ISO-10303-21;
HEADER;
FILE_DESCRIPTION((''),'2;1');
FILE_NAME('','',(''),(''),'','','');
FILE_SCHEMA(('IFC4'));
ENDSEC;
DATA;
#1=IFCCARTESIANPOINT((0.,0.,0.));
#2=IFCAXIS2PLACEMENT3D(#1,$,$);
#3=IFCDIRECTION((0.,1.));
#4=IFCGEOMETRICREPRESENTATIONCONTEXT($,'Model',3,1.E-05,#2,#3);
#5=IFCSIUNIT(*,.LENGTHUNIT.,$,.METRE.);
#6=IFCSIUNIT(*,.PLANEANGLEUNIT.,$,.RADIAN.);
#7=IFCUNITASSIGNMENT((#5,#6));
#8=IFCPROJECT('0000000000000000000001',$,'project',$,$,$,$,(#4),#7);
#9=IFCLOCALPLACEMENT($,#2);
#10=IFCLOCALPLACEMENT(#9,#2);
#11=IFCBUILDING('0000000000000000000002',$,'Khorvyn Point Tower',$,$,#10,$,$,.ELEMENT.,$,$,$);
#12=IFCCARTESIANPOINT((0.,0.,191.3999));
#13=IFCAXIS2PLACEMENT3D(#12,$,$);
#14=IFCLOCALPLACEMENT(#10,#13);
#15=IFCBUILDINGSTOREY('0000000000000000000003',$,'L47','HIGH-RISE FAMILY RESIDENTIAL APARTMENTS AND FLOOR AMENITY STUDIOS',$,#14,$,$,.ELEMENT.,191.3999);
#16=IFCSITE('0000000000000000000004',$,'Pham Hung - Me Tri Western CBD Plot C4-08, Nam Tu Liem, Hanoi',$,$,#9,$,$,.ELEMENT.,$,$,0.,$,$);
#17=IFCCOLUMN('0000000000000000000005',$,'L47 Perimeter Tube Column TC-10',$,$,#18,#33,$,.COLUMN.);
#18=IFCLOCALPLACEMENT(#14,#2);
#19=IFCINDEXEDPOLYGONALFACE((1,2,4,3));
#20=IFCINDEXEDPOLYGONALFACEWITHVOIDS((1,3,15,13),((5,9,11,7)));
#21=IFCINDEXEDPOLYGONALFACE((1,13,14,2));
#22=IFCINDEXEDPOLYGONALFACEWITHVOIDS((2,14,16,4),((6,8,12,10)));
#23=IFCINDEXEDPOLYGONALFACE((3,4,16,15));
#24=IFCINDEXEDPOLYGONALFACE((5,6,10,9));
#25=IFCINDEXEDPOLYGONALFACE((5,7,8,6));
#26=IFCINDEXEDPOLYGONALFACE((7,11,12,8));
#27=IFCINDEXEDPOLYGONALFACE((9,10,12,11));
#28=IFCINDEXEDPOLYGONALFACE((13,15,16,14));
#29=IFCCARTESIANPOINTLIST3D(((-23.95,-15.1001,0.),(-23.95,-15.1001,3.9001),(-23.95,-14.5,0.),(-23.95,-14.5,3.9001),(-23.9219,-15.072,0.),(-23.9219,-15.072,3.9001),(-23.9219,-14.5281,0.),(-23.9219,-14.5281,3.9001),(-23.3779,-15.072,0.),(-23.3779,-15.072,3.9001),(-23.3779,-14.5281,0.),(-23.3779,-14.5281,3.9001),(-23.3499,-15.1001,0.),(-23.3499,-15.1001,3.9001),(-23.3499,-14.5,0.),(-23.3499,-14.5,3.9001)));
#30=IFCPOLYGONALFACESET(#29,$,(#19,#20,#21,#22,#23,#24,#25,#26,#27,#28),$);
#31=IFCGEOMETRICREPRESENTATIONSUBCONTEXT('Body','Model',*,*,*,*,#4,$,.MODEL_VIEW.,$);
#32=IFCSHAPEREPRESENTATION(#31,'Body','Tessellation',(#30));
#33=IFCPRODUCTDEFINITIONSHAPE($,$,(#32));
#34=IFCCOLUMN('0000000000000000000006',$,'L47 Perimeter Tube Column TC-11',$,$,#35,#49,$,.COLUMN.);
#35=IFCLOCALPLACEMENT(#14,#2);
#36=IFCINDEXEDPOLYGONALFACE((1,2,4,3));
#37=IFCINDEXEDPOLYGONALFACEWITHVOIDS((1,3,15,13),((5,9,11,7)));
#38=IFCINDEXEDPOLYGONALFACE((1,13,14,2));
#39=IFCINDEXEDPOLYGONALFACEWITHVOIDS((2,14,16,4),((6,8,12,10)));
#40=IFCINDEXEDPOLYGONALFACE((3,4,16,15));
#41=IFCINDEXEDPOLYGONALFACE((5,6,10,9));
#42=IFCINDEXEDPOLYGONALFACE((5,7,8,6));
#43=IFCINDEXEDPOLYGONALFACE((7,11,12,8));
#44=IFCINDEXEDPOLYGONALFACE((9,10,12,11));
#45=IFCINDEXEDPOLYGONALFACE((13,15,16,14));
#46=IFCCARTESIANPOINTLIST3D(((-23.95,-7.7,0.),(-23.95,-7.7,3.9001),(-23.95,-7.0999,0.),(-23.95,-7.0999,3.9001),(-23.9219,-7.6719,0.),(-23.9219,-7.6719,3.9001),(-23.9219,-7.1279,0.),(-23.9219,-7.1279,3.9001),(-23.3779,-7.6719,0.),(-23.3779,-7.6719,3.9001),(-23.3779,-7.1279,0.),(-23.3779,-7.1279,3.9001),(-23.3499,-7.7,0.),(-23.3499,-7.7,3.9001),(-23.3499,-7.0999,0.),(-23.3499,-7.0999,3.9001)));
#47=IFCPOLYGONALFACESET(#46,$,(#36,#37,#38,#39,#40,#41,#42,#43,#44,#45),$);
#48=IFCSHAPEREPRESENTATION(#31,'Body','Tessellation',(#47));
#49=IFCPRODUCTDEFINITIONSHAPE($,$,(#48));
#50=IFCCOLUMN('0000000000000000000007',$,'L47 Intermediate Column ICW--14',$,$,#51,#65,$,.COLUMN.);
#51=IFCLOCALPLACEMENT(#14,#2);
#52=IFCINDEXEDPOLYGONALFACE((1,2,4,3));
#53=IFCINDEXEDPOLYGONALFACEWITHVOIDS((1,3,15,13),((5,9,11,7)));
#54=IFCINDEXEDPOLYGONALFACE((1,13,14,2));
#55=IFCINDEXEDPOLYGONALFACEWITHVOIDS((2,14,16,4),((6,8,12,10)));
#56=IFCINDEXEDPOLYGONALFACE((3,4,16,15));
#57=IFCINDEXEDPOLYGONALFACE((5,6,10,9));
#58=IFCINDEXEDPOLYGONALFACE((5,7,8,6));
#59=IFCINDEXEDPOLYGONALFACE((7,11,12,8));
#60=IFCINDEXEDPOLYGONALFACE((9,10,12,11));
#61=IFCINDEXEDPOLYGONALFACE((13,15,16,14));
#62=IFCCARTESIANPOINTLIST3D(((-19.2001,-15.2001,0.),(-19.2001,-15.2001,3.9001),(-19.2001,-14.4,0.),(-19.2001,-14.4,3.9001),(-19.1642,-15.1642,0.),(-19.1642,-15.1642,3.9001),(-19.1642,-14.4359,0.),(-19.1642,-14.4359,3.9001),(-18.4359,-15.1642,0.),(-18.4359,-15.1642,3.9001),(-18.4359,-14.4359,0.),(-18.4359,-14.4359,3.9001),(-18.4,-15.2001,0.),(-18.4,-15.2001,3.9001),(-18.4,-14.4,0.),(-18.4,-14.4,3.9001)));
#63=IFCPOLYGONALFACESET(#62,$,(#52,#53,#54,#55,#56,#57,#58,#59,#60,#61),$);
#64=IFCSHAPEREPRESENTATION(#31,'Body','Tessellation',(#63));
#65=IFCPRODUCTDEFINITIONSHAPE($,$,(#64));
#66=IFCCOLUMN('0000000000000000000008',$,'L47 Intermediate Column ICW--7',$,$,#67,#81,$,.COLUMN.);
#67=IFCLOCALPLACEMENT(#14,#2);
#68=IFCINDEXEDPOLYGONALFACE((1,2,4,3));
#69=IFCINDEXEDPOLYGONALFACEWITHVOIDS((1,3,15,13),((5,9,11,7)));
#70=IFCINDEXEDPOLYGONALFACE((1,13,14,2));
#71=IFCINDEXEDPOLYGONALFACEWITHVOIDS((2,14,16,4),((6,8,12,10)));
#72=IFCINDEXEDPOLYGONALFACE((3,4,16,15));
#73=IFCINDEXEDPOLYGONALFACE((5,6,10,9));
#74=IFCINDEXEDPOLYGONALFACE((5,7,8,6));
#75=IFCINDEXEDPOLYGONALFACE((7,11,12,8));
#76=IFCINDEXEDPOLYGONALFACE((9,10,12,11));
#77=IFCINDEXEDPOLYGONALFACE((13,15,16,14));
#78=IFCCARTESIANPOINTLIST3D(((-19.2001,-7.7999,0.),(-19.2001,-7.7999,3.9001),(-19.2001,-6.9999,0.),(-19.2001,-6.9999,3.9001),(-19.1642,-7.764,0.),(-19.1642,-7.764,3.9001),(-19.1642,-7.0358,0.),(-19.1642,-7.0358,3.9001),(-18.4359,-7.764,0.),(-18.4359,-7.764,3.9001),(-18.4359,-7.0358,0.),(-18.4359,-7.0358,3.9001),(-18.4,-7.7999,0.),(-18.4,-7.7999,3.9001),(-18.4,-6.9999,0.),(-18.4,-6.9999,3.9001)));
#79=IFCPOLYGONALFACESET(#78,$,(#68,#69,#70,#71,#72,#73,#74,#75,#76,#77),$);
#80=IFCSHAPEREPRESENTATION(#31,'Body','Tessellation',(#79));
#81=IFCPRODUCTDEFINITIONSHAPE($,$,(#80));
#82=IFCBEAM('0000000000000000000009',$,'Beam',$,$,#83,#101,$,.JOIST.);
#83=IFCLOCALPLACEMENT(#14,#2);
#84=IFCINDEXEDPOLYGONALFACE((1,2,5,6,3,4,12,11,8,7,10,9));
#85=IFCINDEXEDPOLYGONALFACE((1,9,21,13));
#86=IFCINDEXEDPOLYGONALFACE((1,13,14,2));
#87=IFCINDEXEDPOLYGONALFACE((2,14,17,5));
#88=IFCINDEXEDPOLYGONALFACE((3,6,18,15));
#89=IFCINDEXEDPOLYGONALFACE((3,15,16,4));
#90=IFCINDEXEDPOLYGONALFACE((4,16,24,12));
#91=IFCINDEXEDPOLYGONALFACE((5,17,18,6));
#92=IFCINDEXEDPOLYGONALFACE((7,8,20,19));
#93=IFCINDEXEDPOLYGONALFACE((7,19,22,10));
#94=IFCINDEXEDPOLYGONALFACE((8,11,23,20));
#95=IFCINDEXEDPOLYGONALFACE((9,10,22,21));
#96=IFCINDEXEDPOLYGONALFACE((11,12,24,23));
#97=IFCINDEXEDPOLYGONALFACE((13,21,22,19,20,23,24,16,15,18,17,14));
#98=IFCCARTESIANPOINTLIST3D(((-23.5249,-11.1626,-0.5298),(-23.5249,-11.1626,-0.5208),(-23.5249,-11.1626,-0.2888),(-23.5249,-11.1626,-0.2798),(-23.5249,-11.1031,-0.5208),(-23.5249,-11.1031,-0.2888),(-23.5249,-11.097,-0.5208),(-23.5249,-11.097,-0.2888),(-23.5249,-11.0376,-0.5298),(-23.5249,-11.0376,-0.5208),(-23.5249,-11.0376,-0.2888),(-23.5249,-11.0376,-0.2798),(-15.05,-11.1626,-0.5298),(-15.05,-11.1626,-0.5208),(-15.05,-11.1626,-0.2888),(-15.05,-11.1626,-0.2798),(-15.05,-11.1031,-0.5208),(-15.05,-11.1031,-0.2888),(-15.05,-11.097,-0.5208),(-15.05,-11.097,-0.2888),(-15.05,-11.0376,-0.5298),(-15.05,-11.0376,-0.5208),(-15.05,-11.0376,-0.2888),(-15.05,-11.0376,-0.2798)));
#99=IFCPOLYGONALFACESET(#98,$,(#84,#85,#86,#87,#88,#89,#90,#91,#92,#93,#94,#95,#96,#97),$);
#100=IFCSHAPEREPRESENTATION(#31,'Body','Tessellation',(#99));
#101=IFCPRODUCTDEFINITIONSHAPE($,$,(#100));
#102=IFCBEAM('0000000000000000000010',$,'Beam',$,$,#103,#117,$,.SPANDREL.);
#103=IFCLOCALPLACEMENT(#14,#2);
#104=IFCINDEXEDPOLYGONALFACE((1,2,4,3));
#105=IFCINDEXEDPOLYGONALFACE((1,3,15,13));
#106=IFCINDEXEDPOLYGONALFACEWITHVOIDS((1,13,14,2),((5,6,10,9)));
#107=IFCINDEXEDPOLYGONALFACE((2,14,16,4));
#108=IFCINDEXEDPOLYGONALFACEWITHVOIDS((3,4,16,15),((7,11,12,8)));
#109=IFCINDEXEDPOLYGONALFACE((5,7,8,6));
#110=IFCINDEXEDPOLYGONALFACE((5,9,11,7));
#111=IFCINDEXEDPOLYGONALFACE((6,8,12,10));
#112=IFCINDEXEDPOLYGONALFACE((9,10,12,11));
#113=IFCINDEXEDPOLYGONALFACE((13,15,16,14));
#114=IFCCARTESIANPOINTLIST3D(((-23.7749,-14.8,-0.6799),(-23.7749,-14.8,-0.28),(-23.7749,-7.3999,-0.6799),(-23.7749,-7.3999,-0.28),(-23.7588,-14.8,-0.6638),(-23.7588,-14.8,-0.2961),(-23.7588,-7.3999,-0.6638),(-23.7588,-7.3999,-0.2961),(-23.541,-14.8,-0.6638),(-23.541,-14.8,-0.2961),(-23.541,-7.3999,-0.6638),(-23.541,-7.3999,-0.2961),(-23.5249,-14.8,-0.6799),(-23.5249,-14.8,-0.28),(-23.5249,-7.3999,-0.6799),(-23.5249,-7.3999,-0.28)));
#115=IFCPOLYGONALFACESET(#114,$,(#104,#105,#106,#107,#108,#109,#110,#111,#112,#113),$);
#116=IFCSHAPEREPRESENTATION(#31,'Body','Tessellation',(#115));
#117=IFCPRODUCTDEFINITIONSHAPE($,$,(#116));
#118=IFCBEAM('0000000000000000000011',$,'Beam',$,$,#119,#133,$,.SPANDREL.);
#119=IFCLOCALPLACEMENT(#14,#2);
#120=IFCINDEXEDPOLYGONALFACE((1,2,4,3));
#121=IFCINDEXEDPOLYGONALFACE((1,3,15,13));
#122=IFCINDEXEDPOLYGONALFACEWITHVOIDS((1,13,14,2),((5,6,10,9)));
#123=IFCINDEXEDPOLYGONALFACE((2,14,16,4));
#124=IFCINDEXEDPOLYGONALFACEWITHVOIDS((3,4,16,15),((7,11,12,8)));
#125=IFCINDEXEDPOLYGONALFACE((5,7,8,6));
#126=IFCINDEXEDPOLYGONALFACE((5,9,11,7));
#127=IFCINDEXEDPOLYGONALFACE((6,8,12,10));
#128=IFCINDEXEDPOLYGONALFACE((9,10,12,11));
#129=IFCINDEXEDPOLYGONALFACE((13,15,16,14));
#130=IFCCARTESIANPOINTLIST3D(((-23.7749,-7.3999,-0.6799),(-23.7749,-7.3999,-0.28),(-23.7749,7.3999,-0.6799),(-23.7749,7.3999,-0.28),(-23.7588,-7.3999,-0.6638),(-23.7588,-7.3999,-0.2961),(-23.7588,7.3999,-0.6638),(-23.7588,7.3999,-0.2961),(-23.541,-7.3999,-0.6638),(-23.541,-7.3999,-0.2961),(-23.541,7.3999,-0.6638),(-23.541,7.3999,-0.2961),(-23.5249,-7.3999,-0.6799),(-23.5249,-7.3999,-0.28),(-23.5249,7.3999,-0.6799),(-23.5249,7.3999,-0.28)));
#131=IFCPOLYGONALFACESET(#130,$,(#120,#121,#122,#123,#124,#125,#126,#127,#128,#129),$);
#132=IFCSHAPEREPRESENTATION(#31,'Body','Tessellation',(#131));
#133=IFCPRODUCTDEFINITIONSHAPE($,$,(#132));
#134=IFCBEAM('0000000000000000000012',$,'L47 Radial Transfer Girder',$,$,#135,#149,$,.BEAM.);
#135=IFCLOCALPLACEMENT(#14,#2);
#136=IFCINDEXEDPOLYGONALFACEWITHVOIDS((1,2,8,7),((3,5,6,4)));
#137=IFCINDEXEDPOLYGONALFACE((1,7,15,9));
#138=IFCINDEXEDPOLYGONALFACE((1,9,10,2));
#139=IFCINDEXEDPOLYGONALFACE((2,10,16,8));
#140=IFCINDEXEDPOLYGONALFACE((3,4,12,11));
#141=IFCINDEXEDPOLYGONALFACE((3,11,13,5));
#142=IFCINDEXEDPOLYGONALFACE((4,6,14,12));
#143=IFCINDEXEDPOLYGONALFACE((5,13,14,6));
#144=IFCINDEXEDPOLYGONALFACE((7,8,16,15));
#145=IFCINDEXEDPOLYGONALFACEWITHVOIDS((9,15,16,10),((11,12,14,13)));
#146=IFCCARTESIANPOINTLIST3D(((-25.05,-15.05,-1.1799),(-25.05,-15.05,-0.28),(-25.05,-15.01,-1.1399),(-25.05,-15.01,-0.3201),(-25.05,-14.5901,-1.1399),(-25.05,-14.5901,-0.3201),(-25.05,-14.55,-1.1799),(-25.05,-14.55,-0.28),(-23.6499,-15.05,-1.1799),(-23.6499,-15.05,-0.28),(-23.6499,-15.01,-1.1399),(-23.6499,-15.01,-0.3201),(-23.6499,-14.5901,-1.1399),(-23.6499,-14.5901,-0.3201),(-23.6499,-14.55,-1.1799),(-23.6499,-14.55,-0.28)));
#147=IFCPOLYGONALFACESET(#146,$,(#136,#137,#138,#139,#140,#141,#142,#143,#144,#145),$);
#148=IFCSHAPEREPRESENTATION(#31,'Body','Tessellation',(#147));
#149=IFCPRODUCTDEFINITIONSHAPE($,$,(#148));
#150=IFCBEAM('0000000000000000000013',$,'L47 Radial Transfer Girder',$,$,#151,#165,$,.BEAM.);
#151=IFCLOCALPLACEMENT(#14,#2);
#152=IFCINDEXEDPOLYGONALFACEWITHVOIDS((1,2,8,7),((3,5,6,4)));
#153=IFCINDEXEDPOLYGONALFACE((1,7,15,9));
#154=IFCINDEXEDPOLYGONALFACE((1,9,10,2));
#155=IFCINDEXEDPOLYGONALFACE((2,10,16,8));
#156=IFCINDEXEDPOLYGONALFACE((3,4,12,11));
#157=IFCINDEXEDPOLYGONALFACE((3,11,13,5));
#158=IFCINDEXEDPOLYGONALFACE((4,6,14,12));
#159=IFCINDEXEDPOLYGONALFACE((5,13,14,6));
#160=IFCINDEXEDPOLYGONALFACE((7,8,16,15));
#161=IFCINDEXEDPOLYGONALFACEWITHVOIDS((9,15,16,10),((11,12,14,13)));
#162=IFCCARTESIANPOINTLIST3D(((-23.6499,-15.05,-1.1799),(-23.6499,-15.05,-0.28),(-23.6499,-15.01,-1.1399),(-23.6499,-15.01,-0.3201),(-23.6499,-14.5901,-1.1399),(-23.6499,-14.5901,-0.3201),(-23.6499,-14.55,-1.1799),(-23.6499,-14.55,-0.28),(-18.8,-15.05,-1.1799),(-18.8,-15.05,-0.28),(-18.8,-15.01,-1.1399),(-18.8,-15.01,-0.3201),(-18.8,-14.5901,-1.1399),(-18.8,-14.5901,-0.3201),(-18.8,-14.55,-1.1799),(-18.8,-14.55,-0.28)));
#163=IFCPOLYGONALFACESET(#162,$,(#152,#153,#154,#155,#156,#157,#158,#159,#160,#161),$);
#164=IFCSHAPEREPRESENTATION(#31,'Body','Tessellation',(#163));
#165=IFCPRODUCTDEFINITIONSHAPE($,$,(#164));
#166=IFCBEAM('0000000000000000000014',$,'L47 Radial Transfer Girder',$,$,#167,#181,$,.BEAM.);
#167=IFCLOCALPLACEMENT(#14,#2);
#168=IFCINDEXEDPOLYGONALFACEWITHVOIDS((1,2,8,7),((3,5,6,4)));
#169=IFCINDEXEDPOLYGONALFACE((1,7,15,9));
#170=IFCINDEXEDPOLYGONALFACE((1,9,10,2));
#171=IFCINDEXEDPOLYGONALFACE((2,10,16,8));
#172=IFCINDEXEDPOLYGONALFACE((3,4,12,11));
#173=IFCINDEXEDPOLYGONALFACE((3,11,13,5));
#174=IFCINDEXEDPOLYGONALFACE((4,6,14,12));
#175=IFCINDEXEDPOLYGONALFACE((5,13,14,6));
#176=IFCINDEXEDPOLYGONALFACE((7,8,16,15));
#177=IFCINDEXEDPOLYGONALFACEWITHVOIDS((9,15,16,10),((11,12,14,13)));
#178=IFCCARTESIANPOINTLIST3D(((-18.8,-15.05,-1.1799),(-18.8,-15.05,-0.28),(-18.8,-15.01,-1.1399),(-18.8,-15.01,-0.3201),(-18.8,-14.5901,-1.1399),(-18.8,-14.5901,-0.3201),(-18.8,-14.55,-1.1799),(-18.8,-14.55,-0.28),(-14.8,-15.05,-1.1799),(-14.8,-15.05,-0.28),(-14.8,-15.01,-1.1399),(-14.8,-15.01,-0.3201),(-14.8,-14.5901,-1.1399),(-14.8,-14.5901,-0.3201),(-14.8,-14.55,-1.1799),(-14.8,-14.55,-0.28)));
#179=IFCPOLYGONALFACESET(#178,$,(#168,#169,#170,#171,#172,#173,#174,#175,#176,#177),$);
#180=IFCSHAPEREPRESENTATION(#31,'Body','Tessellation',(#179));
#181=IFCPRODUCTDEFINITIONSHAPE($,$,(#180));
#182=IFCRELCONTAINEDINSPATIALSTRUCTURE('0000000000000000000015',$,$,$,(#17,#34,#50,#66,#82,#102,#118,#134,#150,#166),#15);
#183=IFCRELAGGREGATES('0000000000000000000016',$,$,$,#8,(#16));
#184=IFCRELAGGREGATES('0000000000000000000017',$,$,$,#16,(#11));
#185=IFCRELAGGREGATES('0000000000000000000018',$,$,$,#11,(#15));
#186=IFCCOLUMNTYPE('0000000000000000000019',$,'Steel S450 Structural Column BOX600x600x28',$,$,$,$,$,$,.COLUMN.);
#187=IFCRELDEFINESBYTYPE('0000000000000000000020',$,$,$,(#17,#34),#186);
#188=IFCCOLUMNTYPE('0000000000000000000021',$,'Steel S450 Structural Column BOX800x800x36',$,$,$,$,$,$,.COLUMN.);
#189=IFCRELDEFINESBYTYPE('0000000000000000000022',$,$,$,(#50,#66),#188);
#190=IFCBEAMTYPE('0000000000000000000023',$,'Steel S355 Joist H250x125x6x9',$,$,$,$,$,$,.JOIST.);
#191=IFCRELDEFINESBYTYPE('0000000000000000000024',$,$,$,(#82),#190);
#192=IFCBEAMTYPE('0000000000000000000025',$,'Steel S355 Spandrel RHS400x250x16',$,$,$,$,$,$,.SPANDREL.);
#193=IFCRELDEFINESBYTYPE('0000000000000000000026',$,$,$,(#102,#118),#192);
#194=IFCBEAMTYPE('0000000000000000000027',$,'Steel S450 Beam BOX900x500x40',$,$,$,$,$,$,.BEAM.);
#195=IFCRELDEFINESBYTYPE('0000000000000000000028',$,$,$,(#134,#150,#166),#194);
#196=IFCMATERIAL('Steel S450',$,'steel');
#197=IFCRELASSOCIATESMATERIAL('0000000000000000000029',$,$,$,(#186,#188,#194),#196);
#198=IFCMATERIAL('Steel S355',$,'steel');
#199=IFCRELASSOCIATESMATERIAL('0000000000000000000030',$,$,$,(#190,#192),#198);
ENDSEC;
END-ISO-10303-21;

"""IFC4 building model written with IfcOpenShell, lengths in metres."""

from ifc_helpers import new_model, si_unit, direction, frame, origin, origin_2d, place, context, subcontext, project, spatial, hollow_rectangle, i_section, extrude, material, material_profile, profile_set, type_object, element, save


model = new_model("IFC4")

# Units and contexts
model_context = context("Model", 3, precision=1e-05, world=origin(), true_north=direction((0.0, 1.0)))
body_context = subcontext(model_context, "Body", "Model", "MODEL_VIEW")
ifc_project = project(units=[si_unit("LENGTHUNIT", "METRE"), si_unit("PLANEANGLEUNIT", "RADIAN")], contexts=[model_context])

# Site, building, storey
site_placement = place(None, origin())
site = spatial("IfcSite", under=ifc_project, at=site_placement, Name="Pham Hung - Me Tri Western CBD Plot C4-08, Nam Tu Liem, Hanoi", CompositionType="ELEMENT", RefElevation=0.0)
building_placement = place(site_placement, origin())
building = spatial("IfcBuilding", under=site, at=building_placement, Name="Khorvyn Point Tower", CompositionType="ELEMENT")
storey_placement = place(building_placement, frame((0.0, 0.0, 191.3999)))
storey = spatial("IfcBuildingStorey", under=building, at=storey_placement, Name="L47", Description="HIGH-RISE FAMILY RESIDENTIAL APARTMENTS AND FLOOR AMENITY STUDIOS", CompositionType="ELEMENT", Elevation=191.3999)

# Columns
ifc_material_1 = material(Name="Steel S450", Category="steel")
ifc_material_profile_1 = material_profile(ifc_material_1, hollow_rectangle(XDim=0.6001, YDim=0.6001, WallThickness=0.0281, at=origin_2d()))
ifc_profile_set_1 = profile_set([ifc_material_profile_1], Name="Steel S450 BOX600x600x28")
column_type_1 = type_object("IfcColumnType", Name="Steel S450 Structural Column BOX600x600x28", PredefinedType="COLUMN", material=ifc_profile_set_1)
for number, where, z_axis, x_axis, name in (
    (1, (-23.6499, -14.8, 0.0), (0.0, 0.0, 1.0), (1.0, 0.0, 0.0), "L47 Perimeter Tube Column TC-10"),
    (2, (-23.6499, -7.3999, 0.0), (0.0, 0.0, 1.0), (1.0, 0.0, 0.0), "L47 Perimeter Tube Column TC-11"),
):
    element("IfcColumn", number, at=place(storey_placement, frame(where, z_axis=z_axis, x_axis=x_axis)), inside=storey, type_object=column_type_1, Name=name, PredefinedType="COLUMN", context=body_context, shape_type="SweptSolid", body=[
        extrude(hollow_rectangle(XDim=0.6001, YDim=0.6001, WallThickness=0.0281, at=origin_2d()), origin(), (0.0, 0.0, 1.0), 3.9001),
    ])
ifc_material_profile_2 = material_profile(ifc_material_1, hollow_rectangle(XDim=0.8, YDim=0.8, WallThickness=0.0359, at=origin_2d()))
ifc_profile_set_2 = profile_set([ifc_material_profile_2], Name="Steel S450 BOX800x800x36")
column_type_2 = type_object("IfcColumnType", Name="Steel S450 Structural Column BOX800x800x36", PredefinedType="COLUMN", material=ifc_profile_set_2)
for number, where, z_axis, x_axis, name in (
    (3, (-18.8, -14.8, 0.0), (0.0, 0.0, 1.0), (1.0, 0.0, 0.0), "L47 Intermediate Column ICW--14"),
    (4, (-18.8, -7.3999, 0.0), (0.0, 0.0, 1.0), (1.0, 0.0, 0.0), "L47 Intermediate Column ICW--7"),
):
    element("IfcColumn", number, at=place(storey_placement, frame(where, z_axis=z_axis, x_axis=x_axis)), inside=storey, type_object=column_type_2, Name=name, PredefinedType="COLUMN", context=body_context, shape_type="SweptSolid", body=[
        extrude(hollow_rectangle(XDim=0.8, YDim=0.8, WallThickness=0.0359, at=origin_2d()), origin(), (0.0, 0.0, 1.0), 3.9001),
    ])

# Beams
ifc_material_2 = material(Name="Steel S355", Category="steel")
ifc_material_profile_3 = material_profile(ifc_material_2, i_section(OverallWidth=0.125, OverallDepth=0.25, WebThickness=0.0061, FlangeThickness=0.009, at=origin_2d()))
ifc_profile_set_3 = profile_set([ifc_material_profile_3], Name="Steel S355 H250x125x6x9")
beam_type_1 = type_object("IfcBeamType", Name="Steel S355 Joist H250x125x6x9", PredefinedType="JOIST", material=ifc_profile_set_3)
beam_1_placement = place(storey_placement, frame((-23.5249, -11.1001, -0.4048), z_axis=(1.0, 0.0, 0.0), x_axis=(0.0, 1.0, 0.0)))
element("IfcBeam", 5, at=beam_1_placement, inside=storey, type_object=beam_type_1, Name="Beam", PredefinedType="JOIST", context=body_context, shape_type="SweptSolid", body=[
    extrude(i_section(OverallWidth=0.125, OverallDepth=0.25, WebThickness=0.0061, FlangeThickness=0.009, at=origin_2d()), origin(), (0.0, 0.0, 1.0), 8.4749),
])
ifc_material_profile_4 = material_profile(ifc_material_2, hollow_rectangle(XDim=0.25, YDim=0.3999, WallThickness=0.0161, at=origin_2d()))
ifc_profile_set_4 = profile_set([ifc_material_profile_4], Name="Steel S355 RHS400x250x16")
beam_type_2 = type_object("IfcBeamType", Name="Steel S355 Spandrel RHS400x250x16", PredefinedType="SPANDREL", material=ifc_profile_set_4)
beam_2_placement = place(storey_placement, frame((-23.6499, -14.8, -0.48), z_axis=(0.0, 1.0, 0.0), x_axis=(-1.0, 0.0, 0.0)))
element("IfcBeam", 6, at=beam_2_placement, inside=storey, type_object=beam_type_2, Name="Beam", PredefinedType="SPANDREL", context=body_context, shape_type="SweptSolid", body=[
    extrude(hollow_rectangle(XDim=0.25, YDim=0.3999, WallThickness=0.0161, at=origin_2d()), origin(), (0.0, 0.0, 1.0), 7.4001),
])
beam_3_placement = place(storey_placement, frame((-23.6499, -7.3999, -0.48), z_axis=(0.0, 1.0, 0.0), x_axis=(-1.0, 0.0, 0.0)))
element("IfcBeam", 7, at=beam_3_placement, inside=storey, type_object=beam_type_2, Name="Beam", PredefinedType="SPANDREL", context=body_context, shape_type="SweptSolid", body=[
    extrude(hollow_rectangle(XDim=0.25, YDim=0.3999, WallThickness=0.0161, at=origin_2d()), origin(), (0.0, 0.0, 1.0), 14.7998),
])
ifc_material_profile_5 = material_profile(ifc_material_1, hollow_rectangle(XDim=0.5, YDim=0.8999, WallThickness=0.04, at=origin_2d()))
ifc_profile_set_5 = profile_set([ifc_material_profile_5], Name="Steel S450 BOX900x500x40")
beam_type_3 = type_object("IfcBeamType", Name="Steel S450 Beam BOX900x500x40", PredefinedType="BEAM", material=ifc_profile_set_5)
beam_4_placement = place(storey_placement, frame((-25.05, -14.8, -0.73), z_axis=(1.0, 0.0, 0.0), x_axis=(0.0, 1.0, 0.0)))
element("IfcBeam", 8, at=beam_4_placement, inside=storey, type_object=beam_type_3, Name="L47 Radial Transfer Girder", PredefinedType="BEAM", context=body_context, shape_type="SweptSolid", body=[
    extrude(hollow_rectangle(XDim=0.5, YDim=0.8999, WallThickness=0.04, at=origin_2d()), origin(), (0.0, 0.0, 1.0), 1.4001),
])
beam_5_placement = place(storey_placement, frame((-23.6499, -14.8, -0.73), z_axis=(1.0, 0.0, 0.0), x_axis=(0.0, 1.0, 0.0)))
element("IfcBeam", 9, at=beam_5_placement, inside=storey, type_object=beam_type_3, Name="L47 Radial Transfer Girder", PredefinedType="BEAM", context=body_context, shape_type="SweptSolid", body=[
    extrude(hollow_rectangle(XDim=0.5, YDim=0.8999, WallThickness=0.04, at=origin_2d()), origin(), (0.0, 0.0, 1.0), 4.8499),
])
beam_6_placement = place(storey_placement, frame((-18.8, -14.8, -0.73), z_axis=(1.0, 0.0, 0.0), x_axis=(0.0, 1.0, 0.0)))
element("IfcBeam", 10, at=beam_6_placement, inside=storey, type_object=beam_type_3, Name="L47 Radial Transfer Girder", PredefinedType="BEAM", context=body_context, shape_type="SweptSolid", body=[
    extrude(hollow_rectangle(XDim=0.5, YDim=0.8999, WallThickness=0.04, at=origin_2d()), origin(), (0.0, 0.0, 1.0), 4.0),
])

save(model, "model.ifc")
